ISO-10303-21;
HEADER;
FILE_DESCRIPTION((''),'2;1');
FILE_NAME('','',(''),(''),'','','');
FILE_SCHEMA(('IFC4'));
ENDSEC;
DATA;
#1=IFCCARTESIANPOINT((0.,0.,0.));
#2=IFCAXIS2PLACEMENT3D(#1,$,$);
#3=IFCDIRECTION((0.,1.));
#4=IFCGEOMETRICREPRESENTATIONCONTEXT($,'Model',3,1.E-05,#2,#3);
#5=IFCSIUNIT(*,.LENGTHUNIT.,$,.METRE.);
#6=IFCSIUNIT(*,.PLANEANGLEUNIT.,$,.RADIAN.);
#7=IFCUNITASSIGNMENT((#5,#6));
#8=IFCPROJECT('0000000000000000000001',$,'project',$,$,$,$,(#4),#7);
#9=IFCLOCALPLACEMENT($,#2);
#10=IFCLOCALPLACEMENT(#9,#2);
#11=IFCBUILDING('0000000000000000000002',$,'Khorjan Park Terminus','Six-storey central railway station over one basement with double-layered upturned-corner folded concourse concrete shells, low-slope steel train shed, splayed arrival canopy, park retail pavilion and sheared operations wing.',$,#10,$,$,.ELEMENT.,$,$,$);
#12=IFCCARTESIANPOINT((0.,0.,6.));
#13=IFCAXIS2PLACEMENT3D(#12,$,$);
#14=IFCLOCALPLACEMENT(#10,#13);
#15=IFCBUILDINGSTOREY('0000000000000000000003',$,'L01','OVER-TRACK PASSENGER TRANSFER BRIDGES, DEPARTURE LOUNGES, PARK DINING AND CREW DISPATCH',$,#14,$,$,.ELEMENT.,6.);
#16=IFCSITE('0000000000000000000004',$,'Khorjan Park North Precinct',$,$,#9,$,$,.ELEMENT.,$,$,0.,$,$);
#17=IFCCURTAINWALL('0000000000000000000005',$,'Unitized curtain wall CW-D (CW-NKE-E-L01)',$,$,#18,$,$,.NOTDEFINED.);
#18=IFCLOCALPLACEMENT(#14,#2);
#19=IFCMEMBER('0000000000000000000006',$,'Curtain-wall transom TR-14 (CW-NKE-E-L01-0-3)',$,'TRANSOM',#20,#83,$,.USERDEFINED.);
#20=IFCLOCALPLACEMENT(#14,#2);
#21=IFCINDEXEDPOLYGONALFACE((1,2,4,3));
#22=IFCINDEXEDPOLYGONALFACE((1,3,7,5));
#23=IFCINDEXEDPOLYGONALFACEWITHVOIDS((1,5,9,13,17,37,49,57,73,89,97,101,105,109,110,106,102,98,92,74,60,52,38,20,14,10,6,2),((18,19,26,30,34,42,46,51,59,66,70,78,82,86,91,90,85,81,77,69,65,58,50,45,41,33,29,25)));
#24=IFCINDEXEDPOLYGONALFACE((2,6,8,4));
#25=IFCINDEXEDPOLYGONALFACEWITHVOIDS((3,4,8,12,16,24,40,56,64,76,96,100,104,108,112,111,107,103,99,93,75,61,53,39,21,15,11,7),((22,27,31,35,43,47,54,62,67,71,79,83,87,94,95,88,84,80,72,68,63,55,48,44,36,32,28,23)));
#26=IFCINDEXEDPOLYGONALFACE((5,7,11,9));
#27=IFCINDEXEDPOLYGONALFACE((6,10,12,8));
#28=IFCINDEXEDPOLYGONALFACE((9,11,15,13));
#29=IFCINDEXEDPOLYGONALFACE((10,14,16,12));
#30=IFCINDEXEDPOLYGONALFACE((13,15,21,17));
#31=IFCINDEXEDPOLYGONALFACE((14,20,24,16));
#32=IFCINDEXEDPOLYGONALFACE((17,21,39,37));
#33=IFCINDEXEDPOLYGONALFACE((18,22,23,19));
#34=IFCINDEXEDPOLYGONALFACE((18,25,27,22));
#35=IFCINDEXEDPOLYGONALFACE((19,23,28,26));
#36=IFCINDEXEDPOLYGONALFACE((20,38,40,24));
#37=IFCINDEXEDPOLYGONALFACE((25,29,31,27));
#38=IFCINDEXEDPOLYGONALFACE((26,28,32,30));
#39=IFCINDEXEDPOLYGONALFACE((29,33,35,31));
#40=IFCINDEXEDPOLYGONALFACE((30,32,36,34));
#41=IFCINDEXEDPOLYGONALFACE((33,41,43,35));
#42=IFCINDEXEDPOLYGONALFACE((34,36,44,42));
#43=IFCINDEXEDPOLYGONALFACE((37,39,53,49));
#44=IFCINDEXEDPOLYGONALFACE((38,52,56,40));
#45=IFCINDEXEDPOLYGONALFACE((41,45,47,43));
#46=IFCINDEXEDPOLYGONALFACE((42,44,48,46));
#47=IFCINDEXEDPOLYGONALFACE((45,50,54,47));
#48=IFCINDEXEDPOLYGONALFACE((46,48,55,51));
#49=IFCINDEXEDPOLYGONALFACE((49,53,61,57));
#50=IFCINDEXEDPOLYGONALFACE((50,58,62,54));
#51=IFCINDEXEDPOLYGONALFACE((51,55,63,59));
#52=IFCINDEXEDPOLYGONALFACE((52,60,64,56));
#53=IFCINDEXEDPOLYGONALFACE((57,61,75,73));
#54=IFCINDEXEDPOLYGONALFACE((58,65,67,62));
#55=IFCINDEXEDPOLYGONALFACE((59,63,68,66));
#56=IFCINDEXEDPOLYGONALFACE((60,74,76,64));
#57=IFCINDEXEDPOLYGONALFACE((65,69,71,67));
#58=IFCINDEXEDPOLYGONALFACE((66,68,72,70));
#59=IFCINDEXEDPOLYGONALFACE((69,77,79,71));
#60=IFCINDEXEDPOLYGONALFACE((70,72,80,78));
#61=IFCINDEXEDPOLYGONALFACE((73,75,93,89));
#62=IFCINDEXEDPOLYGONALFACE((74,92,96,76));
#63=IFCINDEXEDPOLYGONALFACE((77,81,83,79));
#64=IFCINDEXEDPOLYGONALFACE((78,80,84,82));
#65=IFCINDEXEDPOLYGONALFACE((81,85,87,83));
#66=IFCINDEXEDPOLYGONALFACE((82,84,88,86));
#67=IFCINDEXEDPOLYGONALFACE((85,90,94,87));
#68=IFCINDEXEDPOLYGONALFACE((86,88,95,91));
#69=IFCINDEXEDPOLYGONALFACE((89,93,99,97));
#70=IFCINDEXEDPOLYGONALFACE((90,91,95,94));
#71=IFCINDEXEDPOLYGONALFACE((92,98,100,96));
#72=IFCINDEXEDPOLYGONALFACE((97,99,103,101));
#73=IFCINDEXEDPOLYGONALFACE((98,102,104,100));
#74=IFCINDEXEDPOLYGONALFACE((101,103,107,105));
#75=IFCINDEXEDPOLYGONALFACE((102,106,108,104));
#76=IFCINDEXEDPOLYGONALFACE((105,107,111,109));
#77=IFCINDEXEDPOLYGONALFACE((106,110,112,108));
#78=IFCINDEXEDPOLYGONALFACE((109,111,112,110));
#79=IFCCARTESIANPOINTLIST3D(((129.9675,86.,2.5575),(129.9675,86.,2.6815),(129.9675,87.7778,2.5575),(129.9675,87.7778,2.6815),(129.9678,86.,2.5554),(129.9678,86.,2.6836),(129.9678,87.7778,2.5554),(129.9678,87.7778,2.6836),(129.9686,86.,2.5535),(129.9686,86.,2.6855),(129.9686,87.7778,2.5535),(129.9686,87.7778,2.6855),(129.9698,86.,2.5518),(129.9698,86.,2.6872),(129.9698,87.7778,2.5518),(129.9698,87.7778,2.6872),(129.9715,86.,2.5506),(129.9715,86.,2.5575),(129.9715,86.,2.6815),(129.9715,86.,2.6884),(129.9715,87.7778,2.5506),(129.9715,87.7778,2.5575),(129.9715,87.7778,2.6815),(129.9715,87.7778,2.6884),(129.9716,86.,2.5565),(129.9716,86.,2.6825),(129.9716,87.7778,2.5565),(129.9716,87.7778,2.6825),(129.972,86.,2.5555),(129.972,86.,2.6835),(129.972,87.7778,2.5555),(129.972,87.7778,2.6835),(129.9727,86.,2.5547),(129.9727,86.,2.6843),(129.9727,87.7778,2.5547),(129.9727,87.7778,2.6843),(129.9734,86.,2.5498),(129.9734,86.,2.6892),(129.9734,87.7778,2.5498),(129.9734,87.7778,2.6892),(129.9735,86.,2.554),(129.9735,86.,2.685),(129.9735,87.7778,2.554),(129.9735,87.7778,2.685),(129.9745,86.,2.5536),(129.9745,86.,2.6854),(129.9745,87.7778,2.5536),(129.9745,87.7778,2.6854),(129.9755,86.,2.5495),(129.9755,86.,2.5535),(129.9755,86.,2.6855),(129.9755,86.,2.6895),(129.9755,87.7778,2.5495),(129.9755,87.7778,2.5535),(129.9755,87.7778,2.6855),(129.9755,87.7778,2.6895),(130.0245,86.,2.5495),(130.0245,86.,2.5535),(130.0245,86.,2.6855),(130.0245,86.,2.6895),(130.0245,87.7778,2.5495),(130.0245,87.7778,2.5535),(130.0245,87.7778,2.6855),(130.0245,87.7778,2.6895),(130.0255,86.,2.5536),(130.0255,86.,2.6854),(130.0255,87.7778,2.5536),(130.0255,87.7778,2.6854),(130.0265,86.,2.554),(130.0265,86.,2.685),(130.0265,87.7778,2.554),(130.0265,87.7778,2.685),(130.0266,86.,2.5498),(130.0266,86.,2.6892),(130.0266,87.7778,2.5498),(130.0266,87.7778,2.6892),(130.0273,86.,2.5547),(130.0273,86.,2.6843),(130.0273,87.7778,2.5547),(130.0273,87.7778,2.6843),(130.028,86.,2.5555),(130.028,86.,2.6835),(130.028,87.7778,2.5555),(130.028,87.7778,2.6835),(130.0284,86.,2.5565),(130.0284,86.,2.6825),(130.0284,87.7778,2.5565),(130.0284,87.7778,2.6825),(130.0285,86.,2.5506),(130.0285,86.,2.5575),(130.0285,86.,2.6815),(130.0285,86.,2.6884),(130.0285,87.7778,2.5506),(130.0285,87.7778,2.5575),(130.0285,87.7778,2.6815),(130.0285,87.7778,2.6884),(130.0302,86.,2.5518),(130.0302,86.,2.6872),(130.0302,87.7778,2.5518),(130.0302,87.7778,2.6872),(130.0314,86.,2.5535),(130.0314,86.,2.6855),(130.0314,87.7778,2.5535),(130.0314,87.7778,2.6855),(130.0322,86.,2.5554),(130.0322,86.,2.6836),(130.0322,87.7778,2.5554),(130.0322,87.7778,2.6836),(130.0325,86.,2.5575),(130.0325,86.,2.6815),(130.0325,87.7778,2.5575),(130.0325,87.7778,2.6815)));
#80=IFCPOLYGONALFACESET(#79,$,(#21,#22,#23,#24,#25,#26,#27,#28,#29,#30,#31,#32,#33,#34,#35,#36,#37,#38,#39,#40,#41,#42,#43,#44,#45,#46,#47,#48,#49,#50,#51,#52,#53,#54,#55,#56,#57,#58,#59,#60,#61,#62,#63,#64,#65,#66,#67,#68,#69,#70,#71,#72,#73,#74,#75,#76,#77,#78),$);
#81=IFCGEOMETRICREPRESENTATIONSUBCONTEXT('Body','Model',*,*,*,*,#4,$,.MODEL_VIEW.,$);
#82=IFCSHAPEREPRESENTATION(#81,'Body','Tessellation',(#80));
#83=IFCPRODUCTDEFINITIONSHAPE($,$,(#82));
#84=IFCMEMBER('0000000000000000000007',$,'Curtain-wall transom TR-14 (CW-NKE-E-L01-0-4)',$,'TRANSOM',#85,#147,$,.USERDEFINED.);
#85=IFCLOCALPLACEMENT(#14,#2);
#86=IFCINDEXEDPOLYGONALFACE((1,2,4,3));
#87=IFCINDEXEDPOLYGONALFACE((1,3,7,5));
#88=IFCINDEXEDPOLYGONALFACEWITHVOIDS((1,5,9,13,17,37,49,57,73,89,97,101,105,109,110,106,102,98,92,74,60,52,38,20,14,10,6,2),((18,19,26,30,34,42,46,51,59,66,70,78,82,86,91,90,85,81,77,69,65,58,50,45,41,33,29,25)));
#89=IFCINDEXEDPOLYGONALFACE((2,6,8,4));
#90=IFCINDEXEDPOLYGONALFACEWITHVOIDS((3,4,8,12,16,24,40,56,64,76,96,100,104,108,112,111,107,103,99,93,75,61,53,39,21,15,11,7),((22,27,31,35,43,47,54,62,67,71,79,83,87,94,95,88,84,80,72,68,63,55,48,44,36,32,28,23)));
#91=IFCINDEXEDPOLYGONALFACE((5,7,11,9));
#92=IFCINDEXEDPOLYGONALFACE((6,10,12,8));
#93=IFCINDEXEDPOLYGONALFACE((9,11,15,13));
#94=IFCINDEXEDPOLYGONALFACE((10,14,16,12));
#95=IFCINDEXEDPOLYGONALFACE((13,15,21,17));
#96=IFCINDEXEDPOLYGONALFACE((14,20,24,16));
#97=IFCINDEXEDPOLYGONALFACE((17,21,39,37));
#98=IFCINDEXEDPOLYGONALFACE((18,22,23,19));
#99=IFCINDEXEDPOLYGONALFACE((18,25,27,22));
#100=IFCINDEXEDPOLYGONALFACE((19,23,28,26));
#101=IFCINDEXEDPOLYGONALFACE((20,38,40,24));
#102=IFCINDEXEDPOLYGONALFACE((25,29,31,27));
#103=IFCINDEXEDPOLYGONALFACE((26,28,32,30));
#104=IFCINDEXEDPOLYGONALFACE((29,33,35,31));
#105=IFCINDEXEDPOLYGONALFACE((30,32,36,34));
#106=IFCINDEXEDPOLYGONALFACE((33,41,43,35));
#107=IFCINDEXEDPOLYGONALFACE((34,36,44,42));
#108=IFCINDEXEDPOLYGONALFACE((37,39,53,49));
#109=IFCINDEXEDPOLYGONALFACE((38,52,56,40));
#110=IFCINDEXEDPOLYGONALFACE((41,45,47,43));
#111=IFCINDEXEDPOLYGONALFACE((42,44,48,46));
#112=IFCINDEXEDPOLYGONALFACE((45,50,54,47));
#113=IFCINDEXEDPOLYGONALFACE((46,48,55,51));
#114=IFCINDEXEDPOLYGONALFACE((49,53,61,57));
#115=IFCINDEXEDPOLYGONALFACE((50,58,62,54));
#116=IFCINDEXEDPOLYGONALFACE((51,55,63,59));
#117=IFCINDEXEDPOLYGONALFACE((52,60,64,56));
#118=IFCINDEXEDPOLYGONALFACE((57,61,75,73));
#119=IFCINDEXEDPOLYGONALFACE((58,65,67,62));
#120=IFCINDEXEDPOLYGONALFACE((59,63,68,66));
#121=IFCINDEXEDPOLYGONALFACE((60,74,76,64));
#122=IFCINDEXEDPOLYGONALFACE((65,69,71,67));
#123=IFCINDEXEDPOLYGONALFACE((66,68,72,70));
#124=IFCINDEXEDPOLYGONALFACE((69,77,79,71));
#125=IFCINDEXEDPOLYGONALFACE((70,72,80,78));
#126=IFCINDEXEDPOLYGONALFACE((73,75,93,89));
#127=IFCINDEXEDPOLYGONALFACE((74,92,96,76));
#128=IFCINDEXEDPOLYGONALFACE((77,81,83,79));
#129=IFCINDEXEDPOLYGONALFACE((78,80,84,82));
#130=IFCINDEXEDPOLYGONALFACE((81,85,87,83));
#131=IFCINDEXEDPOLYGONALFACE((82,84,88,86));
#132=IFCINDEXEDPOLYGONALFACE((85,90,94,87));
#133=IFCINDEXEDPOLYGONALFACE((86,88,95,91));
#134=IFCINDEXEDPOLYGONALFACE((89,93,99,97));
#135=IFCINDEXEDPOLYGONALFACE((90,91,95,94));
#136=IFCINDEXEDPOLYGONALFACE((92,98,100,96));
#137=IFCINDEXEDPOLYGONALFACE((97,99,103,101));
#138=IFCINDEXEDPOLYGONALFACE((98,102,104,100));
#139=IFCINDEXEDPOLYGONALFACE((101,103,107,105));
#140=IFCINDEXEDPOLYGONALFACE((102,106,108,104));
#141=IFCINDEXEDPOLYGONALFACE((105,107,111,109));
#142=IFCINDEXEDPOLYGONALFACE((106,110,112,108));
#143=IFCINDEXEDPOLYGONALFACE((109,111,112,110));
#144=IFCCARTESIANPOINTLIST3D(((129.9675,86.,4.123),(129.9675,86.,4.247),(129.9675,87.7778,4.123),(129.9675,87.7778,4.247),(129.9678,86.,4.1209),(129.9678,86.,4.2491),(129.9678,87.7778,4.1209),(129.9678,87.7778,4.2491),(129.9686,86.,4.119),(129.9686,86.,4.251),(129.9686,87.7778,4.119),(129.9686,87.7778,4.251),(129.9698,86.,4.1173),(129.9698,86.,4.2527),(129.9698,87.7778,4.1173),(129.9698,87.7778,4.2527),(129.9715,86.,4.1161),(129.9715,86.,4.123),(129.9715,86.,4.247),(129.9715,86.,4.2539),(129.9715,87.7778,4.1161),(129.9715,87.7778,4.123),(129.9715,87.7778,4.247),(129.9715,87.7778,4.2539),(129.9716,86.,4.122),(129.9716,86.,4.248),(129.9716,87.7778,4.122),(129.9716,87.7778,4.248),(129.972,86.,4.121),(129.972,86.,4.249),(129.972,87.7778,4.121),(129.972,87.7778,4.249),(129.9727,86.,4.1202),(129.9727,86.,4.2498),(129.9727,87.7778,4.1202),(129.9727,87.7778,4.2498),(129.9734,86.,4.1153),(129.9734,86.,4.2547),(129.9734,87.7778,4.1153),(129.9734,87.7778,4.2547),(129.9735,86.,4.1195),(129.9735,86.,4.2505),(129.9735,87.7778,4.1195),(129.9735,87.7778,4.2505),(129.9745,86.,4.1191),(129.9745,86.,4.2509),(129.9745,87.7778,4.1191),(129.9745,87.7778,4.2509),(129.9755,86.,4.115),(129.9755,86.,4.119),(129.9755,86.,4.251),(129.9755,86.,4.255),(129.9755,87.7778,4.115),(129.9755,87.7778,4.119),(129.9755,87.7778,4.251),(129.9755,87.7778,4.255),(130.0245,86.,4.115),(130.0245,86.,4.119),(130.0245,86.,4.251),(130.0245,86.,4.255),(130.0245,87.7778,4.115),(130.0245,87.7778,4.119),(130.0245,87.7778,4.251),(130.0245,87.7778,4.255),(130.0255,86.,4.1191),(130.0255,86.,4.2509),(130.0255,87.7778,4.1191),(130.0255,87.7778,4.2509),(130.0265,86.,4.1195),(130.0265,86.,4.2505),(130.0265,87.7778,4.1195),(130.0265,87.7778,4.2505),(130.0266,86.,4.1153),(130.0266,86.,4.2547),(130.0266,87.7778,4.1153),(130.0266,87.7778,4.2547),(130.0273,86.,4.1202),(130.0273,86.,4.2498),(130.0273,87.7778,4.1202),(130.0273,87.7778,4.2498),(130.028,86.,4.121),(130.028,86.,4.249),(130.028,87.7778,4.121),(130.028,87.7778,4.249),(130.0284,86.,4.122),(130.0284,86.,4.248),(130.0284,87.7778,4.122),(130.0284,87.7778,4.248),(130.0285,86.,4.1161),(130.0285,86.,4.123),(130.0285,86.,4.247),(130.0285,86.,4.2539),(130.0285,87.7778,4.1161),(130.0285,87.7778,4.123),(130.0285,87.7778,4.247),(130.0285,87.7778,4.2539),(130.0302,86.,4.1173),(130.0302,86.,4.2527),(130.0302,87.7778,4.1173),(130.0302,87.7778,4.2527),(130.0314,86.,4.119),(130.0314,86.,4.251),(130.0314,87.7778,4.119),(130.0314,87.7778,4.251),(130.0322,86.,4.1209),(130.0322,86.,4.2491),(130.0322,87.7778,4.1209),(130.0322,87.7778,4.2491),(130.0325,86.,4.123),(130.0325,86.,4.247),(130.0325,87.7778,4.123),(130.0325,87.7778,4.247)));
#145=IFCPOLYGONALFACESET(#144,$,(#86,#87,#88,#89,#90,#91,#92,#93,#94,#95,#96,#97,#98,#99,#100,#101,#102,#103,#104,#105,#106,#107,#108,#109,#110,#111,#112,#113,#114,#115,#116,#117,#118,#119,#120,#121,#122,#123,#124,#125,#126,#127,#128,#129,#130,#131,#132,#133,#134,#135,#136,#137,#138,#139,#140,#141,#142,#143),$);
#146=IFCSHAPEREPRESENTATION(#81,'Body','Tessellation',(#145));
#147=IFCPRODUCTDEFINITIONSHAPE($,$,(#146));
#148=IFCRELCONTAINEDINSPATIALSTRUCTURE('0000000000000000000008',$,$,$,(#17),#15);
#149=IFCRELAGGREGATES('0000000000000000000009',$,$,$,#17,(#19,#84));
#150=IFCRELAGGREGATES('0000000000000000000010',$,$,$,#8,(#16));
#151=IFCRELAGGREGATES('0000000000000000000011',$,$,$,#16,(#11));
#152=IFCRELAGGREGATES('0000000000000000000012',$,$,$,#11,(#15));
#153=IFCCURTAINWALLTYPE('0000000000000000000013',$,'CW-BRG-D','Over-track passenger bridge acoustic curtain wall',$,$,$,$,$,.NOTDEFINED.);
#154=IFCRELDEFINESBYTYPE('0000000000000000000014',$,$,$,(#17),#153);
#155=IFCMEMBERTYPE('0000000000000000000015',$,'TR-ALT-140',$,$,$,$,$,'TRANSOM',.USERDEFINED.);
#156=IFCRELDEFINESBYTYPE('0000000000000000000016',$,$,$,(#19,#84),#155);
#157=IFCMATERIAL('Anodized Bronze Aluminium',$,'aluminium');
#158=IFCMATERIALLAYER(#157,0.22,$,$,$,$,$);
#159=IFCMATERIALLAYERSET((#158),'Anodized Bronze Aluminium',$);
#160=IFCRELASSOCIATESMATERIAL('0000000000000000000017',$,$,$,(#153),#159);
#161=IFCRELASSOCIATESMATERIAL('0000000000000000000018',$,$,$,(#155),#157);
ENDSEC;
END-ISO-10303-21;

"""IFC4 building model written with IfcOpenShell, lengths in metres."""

from ifc_helpers import new_model, si_unit, direction, frame, origin, origin_2d, place, context, subcontext, project, spatial, hollow_rectangle, extrude, material, layer, layer_set, material_profile, profile_set, type_object, element, aggregate, save


model = new_model("IFC4")

# Units and contexts
model_context = context("Model", 3, precision=1e-05, world=origin(), true_north=direction((0.0, 1.0)))
body_context = subcontext(model_context, "Body", "Model", "MODEL_VIEW")
ifc_project = project(units=[si_unit("LENGTHUNIT", "METRE"), si_unit("PLANEANGLEUNIT", "RADIAN")], contexts=[model_context])

# Site, building, storey
site_placement = place(None, origin())
site = spatial("IfcSite", under=ifc_project, at=site_placement, Name="Khorjan Park North Precinct", CompositionType="ELEMENT", RefElevation=0.0)
building_placement = place(site_placement, origin())
building = spatial("IfcBuilding", under=site, at=building_placement, Name="Khorjan Park Terminus", Description="Six-storey central railway station over one basement with double-layered upturned-corner folded concourse concrete shells, low-slope steel train shed, splayed arrival canopy, park retail pavilion and sheared operations wing.", CompositionType="ELEMENT")
storey_placement = place(building_placement, frame((0.0, 0.0, 6.0)))
storey = spatial("IfcBuildingStorey", under=building, at=storey_placement, Name="L01", Description="OVER-TRACK PASSENGER TRANSFER BRIDGES, DEPARTURE LOUNGES, PARK DINING AND CREW DISPATCH", CompositionType="ELEMENT", Elevation=6.0)

# Curtain wall
ifc_material_1 = material(Name="Anodized Bronze Aluminium", Category="aluminium")
ifc_layer_1 = layer(ifc_material_1, 0.22)
ifc_layer_set_1 = layer_set([ifc_layer_1], Name="Anodized Bronze Aluminium")
curtain_wall_type_1 = type_object("IfcCurtainWallType", Name="CW-BRG-D", Description="Over-track passenger bridge acoustic curtain wall", PredefinedType="NOTDEFINED", material=ifc_layer_set_1)
curtain_wall_1_placement = place(storey_placement, origin())
curtain_wall_1 = element("IfcCurtainWall", 1, at=curtain_wall_1_placement, inside=storey, type_object=curtain_wall_type_1, Name="Unitized curtain wall CW-D (CW-NKE-E-L01)", PredefinedType="NOTDEFINED")

# Members
ifc_material_profile_1 = material_profile(ifc_material_1, hollow_rectangle(XDim=0.065, YDim=0.14, WallThickness=0.004, InnerFilletRadius=0.004, OuterFilletRadius=0.008, at=origin_2d()), Name="ALT 65x140x4")
ifc_profile_set_1 = profile_set([ifc_material_profile_1], Name="Anodized Bronze Aluminium")
member_type_1 = type_object("IfcMemberType", Name="TR-ALT-140", ElementType="TRANSOM", PredefinedType="USERDEFINED", material=ifc_profile_set_1)
member_1_placement = place(storey_placement, frame((130.0, 86.0, 2.6195), z_axis=(0.0, 1.0, 0.0), x_axis=(-1.0, 0.0, 0.0)))
member_1 = element("IfcMember", 2, at=member_1_placement, type_object=member_type_1, Name="Curtain-wall transom TR-14 (CW-NKE-E-L01-0-3)", ObjectType="TRANSOM", PredefinedType="USERDEFINED", context=body_context, shape_type="SweptSolid", body=[
    extrude(hollow_rectangle(XDim=0.065, YDim=0.14, WallThickness=0.004, InnerFilletRadius=0.004, OuterFilletRadius=0.008, at=origin_2d()), origin(), (0.0, 0.0, 1.0), 1.7778),
])
member_2_placement = place(storey_placement, frame((130.0, 86.0, 4.185), z_axis=(0.0, 1.0, 0.0), x_axis=(-1.0, 0.0, 0.0)))
member_2 = element("IfcMember", 3, at=member_2_placement, type_object=member_type_1, Name="Curtain-wall transom TR-14 (CW-NKE-E-L01-0-4)", ObjectType="TRANSOM", PredefinedType="USERDEFINED", context=body_context, shape_type="SweptSolid", body=[
    extrude(hollow_rectangle(XDim=0.065, YDim=0.14, WallThickness=0.004, InnerFilletRadius=0.004, OuterFilletRadius=0.008, at=origin_2d()), origin(), (0.0, 0.0, 1.0), 1.7778),
])

aggregate(curtain_wall_1, [member_1, member_2])

save(model, "model.ifc")
